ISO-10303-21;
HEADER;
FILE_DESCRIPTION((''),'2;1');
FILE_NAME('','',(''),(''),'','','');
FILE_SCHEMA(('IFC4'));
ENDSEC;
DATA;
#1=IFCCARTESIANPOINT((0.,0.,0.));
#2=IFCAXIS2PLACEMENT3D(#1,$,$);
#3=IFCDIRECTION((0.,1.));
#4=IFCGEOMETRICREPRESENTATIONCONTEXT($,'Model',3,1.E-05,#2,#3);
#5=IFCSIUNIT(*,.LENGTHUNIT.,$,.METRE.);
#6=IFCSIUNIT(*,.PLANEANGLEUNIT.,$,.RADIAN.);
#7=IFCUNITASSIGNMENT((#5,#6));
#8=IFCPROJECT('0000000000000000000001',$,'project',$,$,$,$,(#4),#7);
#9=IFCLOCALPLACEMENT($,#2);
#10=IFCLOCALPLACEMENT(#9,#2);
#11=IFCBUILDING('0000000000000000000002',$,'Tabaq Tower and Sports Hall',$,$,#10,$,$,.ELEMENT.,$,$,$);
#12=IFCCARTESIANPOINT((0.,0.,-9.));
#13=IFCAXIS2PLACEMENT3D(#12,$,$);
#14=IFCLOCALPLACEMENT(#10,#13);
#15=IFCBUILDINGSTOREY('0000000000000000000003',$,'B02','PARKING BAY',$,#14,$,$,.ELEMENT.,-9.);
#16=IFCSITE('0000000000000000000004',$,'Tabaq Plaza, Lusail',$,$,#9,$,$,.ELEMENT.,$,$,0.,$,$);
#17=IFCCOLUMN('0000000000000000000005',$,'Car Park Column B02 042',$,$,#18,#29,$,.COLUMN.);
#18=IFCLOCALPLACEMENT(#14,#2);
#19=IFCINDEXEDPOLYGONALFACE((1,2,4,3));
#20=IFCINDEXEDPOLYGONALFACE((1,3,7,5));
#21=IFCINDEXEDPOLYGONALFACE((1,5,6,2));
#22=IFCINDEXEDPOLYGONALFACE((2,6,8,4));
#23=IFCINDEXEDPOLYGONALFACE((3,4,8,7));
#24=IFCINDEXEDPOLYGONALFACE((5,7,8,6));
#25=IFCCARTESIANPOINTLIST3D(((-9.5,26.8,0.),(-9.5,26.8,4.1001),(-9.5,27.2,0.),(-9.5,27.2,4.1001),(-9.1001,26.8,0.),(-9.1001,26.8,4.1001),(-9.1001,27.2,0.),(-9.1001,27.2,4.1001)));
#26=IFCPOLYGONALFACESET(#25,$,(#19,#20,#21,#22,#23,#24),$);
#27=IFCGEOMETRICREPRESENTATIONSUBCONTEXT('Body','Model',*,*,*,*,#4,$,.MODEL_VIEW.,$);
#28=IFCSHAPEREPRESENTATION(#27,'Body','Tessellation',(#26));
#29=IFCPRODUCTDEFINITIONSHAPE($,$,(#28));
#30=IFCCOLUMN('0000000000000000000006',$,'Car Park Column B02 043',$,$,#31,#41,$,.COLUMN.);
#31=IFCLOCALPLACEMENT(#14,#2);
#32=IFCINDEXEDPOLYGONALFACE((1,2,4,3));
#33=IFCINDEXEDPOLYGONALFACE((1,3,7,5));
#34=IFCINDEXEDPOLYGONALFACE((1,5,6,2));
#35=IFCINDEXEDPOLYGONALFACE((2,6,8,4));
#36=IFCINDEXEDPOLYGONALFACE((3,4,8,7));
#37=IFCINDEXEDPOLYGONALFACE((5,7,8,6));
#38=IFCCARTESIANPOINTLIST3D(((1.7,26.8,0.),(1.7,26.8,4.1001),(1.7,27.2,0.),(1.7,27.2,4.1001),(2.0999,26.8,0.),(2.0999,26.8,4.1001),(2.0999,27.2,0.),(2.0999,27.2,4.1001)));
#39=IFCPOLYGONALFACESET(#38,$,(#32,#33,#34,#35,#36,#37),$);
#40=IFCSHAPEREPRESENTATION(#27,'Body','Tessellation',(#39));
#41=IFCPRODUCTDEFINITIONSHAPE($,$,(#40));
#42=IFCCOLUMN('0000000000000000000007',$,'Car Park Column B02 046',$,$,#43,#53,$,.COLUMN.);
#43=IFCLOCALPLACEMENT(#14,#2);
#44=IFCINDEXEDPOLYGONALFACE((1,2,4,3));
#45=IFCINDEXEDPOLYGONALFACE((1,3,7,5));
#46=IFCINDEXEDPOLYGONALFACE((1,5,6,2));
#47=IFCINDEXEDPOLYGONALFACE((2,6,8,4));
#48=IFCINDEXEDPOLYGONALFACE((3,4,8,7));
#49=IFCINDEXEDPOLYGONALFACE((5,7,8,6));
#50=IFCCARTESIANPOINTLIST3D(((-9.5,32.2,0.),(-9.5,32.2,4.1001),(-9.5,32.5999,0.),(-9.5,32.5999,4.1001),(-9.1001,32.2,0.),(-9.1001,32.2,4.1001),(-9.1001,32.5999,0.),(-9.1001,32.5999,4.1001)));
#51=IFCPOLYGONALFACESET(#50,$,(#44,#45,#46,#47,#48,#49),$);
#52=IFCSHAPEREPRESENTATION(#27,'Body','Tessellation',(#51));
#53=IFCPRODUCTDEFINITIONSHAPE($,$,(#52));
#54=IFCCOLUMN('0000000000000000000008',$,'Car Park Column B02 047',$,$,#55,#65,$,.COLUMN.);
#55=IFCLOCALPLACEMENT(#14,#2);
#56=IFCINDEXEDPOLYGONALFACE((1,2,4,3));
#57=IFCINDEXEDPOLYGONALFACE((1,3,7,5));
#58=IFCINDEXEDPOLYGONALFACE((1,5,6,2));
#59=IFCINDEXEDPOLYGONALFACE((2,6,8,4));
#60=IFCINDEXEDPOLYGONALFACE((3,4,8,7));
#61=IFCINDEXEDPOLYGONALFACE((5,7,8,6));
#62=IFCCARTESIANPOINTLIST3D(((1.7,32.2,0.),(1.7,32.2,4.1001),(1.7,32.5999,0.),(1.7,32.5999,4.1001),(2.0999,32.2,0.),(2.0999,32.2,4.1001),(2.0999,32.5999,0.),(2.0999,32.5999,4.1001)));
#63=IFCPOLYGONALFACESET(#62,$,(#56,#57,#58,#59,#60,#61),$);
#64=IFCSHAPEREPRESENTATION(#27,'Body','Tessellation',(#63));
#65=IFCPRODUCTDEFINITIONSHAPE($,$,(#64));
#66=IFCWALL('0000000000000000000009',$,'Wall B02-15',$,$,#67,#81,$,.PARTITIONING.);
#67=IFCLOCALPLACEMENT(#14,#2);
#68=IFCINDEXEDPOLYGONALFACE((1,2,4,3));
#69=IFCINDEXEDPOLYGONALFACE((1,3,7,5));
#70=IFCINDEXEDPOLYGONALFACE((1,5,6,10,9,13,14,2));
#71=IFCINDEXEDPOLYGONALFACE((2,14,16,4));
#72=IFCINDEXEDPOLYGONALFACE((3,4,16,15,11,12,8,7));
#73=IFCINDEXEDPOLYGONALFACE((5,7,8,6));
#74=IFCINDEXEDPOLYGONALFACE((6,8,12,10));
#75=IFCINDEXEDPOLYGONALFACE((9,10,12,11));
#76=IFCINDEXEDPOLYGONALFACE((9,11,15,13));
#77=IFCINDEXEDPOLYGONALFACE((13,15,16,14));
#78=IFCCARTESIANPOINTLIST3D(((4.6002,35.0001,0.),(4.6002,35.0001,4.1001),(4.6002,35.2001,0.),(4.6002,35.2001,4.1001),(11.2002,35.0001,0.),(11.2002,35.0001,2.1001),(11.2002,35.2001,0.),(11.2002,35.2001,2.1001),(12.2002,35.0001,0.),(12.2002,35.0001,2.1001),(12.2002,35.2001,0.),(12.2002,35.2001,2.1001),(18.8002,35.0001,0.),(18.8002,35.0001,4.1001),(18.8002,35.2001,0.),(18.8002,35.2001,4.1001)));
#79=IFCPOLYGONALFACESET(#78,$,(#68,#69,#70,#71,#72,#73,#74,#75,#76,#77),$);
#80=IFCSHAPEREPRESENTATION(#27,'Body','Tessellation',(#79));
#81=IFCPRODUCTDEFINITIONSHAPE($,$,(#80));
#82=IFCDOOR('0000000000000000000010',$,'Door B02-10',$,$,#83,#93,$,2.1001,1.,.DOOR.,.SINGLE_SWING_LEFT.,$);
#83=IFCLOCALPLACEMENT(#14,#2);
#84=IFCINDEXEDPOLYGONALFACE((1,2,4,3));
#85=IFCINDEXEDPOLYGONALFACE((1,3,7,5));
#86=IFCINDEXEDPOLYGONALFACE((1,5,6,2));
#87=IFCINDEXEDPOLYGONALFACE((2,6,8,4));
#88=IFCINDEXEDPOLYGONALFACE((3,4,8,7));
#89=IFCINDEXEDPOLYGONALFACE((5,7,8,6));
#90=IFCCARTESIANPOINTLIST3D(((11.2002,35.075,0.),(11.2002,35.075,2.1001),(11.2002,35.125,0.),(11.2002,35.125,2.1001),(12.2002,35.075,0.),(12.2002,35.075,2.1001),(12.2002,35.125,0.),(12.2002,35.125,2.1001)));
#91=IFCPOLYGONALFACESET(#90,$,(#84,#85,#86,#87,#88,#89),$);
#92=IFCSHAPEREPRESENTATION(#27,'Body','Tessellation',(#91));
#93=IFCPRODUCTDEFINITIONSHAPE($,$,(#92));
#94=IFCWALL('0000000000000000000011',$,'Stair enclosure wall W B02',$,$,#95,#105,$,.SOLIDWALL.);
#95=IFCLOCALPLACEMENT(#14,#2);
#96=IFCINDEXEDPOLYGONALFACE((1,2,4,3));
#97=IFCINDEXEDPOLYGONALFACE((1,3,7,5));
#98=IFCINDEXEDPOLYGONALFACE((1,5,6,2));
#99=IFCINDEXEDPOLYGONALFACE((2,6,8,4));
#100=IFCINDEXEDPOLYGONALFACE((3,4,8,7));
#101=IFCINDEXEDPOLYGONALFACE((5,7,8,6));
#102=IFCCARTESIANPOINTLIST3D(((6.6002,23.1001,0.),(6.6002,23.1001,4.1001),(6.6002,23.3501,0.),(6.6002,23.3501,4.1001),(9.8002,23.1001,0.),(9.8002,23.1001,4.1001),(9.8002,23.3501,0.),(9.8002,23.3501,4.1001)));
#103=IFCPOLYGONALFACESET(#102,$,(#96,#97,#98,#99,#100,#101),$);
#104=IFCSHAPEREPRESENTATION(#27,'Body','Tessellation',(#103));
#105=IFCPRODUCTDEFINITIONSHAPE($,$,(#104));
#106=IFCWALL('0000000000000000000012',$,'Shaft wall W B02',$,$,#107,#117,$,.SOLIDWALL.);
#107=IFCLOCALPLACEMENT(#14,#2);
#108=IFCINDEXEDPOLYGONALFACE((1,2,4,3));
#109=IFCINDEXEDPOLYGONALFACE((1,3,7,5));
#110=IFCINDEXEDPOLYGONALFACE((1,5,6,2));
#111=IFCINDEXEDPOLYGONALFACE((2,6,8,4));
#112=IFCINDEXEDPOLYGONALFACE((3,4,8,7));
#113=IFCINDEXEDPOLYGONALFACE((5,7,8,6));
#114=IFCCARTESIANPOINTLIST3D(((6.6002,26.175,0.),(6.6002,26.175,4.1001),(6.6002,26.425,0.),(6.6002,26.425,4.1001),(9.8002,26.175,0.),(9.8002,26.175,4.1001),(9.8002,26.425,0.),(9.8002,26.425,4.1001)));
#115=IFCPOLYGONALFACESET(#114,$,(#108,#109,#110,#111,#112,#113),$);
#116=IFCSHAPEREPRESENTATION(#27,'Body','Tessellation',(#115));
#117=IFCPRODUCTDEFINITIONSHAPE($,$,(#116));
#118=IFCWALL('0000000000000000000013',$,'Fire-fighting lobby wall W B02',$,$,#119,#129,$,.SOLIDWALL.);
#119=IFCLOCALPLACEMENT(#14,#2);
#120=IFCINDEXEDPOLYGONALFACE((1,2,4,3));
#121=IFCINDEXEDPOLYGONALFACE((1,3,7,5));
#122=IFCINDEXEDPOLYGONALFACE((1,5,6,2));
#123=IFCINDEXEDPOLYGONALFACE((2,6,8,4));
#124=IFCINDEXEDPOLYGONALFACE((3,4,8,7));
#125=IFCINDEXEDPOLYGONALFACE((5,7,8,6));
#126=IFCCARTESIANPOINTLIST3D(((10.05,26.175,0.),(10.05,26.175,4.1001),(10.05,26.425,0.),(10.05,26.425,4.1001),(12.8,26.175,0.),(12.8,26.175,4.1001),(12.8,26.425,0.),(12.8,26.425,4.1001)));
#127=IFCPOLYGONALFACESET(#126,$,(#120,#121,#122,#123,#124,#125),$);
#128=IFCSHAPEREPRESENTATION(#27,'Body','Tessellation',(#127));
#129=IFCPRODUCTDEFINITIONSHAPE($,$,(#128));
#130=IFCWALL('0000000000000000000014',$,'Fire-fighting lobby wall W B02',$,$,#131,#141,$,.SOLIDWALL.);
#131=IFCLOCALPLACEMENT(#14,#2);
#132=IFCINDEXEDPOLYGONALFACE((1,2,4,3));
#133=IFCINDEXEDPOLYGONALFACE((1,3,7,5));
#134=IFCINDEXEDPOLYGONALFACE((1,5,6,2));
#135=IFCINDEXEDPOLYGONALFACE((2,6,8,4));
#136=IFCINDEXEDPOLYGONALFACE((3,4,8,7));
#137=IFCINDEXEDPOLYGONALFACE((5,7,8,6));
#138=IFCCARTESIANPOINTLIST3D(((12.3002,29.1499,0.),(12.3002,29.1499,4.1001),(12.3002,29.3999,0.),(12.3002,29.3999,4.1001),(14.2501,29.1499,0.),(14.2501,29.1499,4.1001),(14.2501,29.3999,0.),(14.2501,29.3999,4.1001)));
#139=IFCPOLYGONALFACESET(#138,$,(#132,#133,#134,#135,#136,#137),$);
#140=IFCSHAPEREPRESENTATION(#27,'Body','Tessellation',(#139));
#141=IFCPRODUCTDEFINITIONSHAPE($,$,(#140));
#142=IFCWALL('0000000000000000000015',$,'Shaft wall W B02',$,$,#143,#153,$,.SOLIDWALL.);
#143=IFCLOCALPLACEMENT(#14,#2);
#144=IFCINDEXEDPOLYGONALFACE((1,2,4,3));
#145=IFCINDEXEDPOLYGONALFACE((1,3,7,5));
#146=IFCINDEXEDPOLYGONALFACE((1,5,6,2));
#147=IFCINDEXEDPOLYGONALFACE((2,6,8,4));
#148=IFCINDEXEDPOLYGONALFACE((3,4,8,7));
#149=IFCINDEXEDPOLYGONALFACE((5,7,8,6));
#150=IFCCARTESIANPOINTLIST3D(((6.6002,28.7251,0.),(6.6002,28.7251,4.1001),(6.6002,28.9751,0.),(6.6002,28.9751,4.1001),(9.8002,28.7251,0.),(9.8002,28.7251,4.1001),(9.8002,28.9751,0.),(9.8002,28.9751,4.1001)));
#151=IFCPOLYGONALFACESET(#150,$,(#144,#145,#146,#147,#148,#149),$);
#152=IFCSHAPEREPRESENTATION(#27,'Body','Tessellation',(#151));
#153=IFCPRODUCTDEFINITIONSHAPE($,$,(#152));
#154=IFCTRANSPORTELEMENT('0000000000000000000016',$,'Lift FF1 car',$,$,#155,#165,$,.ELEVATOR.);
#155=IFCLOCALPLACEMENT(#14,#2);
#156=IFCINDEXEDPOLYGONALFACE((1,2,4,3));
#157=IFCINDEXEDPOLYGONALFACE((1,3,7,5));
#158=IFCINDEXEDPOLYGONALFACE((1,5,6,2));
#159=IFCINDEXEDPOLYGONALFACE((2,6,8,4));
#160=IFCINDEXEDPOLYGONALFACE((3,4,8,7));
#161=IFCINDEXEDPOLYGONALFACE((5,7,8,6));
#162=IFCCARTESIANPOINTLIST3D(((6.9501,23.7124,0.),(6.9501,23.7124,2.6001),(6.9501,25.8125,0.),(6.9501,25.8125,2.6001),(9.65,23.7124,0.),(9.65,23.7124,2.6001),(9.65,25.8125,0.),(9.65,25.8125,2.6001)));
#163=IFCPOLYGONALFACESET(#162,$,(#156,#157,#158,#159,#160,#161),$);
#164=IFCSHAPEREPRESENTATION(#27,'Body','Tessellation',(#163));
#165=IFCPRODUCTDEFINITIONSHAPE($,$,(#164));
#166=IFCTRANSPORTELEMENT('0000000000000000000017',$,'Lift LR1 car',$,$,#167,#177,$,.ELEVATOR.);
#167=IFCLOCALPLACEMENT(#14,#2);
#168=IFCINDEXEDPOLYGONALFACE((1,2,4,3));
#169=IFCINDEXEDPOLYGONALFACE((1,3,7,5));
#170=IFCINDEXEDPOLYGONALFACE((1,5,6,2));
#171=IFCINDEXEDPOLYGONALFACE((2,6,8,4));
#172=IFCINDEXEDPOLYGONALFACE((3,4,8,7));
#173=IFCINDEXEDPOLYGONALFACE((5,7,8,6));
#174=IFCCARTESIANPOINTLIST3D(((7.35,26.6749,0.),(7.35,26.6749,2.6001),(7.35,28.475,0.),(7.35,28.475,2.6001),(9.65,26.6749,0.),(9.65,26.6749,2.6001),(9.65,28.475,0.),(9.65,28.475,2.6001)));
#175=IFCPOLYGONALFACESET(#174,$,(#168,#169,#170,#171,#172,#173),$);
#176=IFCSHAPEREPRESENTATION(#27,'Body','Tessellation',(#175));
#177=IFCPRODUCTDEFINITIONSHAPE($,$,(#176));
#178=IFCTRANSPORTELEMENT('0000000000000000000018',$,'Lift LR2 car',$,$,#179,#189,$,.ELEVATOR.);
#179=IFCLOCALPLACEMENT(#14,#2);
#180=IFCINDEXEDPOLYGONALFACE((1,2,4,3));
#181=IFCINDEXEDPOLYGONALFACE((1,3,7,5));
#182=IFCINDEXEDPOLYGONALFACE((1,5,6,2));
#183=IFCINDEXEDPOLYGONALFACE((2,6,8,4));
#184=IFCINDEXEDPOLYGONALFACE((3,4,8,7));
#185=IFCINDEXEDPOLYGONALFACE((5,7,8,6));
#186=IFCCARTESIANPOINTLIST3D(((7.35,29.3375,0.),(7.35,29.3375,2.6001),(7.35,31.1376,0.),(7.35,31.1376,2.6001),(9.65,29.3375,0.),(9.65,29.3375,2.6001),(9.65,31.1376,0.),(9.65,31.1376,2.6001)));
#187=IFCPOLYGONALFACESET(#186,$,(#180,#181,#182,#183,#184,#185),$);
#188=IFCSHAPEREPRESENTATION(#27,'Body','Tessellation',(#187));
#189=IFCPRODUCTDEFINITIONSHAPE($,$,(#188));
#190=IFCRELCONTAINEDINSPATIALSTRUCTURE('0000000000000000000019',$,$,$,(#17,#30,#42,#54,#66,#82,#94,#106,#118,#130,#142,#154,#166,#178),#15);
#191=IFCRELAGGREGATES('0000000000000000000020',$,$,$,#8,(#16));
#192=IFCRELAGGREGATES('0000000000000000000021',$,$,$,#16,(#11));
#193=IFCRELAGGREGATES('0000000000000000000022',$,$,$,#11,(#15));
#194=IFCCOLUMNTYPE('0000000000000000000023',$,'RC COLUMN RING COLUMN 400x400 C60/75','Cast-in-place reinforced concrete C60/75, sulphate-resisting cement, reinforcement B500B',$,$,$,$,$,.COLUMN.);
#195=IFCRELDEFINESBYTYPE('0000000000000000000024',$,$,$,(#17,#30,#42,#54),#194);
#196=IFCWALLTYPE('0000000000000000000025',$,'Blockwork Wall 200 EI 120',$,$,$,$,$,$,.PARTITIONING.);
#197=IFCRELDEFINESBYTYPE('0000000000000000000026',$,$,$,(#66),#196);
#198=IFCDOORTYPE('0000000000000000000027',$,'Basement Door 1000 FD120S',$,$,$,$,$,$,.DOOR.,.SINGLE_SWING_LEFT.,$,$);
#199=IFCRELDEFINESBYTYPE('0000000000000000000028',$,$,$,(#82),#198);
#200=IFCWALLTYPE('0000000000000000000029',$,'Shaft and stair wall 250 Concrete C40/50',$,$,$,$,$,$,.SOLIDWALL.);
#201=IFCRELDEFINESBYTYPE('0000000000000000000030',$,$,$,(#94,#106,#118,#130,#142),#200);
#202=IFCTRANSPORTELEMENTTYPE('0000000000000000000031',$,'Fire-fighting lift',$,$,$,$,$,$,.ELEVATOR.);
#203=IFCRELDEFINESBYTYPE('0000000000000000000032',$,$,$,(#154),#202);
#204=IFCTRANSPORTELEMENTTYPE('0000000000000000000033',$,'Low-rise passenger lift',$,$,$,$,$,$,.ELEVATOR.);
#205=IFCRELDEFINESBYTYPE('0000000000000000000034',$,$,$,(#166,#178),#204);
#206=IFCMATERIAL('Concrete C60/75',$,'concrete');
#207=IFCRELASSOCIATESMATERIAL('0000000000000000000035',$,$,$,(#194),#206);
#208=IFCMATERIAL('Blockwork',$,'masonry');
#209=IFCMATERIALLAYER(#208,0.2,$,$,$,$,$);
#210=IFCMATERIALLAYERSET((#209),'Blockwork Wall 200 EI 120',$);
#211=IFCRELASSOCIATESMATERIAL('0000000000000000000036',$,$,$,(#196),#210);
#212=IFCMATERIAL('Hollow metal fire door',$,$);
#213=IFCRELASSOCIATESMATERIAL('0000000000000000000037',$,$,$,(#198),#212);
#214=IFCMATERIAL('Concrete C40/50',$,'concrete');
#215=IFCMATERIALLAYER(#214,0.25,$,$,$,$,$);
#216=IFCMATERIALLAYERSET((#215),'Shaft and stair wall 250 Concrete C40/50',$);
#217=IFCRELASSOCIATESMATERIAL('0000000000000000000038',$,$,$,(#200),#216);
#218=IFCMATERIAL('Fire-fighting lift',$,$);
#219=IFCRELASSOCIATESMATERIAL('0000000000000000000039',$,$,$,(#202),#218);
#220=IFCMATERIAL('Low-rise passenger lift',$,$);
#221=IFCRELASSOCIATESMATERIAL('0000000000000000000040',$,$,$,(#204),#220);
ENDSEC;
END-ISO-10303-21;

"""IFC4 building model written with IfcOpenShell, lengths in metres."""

from ifc_helpers import new_model, si_unit, direction, frame, frame_2d, origin, origin_2d, place, context, subcontext, project, spatial, rectangle, extrude, material, layer, layer_set, material_profile, profile_set, type_object, element, fill, save


model = new_model("IFC4")

# Units and contexts
model_context = context("Model", 3, precision=1e-05, world=origin(), true_north=direction((0.0, 1.0)))
body_context = subcontext(model_context, "Body", "Model", "MODEL_VIEW")
ifc_project = project(units=[si_unit("LENGTHUNIT", "METRE"), si_unit("PLANEANGLEUNIT", "RADIAN")], contexts=[model_context])

# Site, building, storey
site_placement = place(None, origin())
site = spatial("IfcSite", under=ifc_project, at=site_placement, Name="Tabaq Plaza, Lusail", CompositionType="ELEMENT", RefElevation=0.0)
building_placement = place(site_placement, origin())
building = spatial("IfcBuilding", under=site, at=building_placement, Name="Tabaq Tower and Sports Hall", CompositionType="ELEMENT")
storey_placement = place(building_placement, frame((0.0, 0.0, -9.0)))
storey = spatial("IfcBuildingStorey", under=building, at=storey_placement, Name="B02", Description="PARKING BAY", CompositionType="ELEMENT", Elevation=-9.0)

# Columns
ifc_material_1 = material(Name="Concrete C60/75", Category="concrete")
ifc_material_profile_1 = material_profile(ifc_material_1, rectangle(XDim=0.3999, YDim=0.3999, at=origin_2d()), Name="RING COLUMN 400x400")
ifc_profile_set_1 = profile_set([ifc_material_profile_1], Name="Concrete C60/75")
column_type = type_object("IfcColumnType", Name="RC COLUMN RING COLUMN 400x400 C60/75", Description="Cast-in-place reinforced concrete C60/75, sulphate-resisting cement, reinforcement B500B", PredefinedType="COLUMN", material=ifc_profile_set_1)
for number, where, z_axis, x_axis, name in (
    (1, (-9.3, 27.0, 0.0), (0.0, 0.0, 1.0), (1.0, 0.0, 0.0), "Car Park Column B02 042"),
    (2, (1.8999, 27.0, 0.0), (0.0, 0.0, 1.0), (1.0, 0.0, 0.0), "Car Park Column B02 043"),
    (3, (-9.3, 32.3999, 0.0), (0.0, 0.0, 1.0), (1.0, 0.0, 0.0), "Car Park Column B02 046"),
    (4, (1.8999, 32.3999, 0.0), (0.0, 0.0, 1.0), (1.0, 0.0, 0.0), "Car Park Column B02 047"),
):
    element("IfcColumn", number, at=place(storey_placement, frame(where, z_axis=z_axis, x_axis=x_axis)), inside=storey, type_object=column_type, Name=name, PredefinedType="COLUMN", context=body_context, shape_type="SweptSolid", body=[
        extrude(rectangle(XDim=0.3999, YDim=0.3999, at=origin_2d()), origin(), (0.0, 0.0, 1.0), 4.1001),
    ])

# Wall, opening, door
ifc_material_2 = material(Name="Blockwork", Category="masonry")
ifc_layer_1 = layer(ifc_material_2, 0.2)
ifc_layer_set_1 = layer_set([ifc_layer_1], Name="Blockwork Wall 200 EI 120")
wall_type_1 = type_object("IfcWallType", Name="Blockwork Wall 200 EI 120", PredefinedType="PARTITIONING", material=ifc_layer_set_1)
wall_1_placement = place(storey_placement, frame((4.6001, 35.1001, 0.0), z_axis=(0.0, 0.0, 1.0), x_axis=(1.0, 0.0, 0.0)))
wall_1 = element("IfcWall", 5, at=wall_1_placement, inside=storey, type_object=wall_type_1, Name="Wall B02-15", PredefinedType="PARTITIONING", context=body_context, shape_type="SweptSolid", body=[
    extrude(rectangle(XDim=14.2, YDim=0.2, at=frame_2d((7.1001, 0.0))), origin(), (0.0, 0.0, 1.0), 4.1001),
])
opening_1_placement = place(wall_1_placement, frame((6.6001, 0.0, 0.0)))
opening_1 = element("IfcOpeningElement", 6, at=opening_1_placement, cuts=wall_1, PredefinedType="OPENING", context=body_context, shape_type="SweptSolid", body=[
    extrude(rectangle(XDim=1.0, YDim=2.1001, at=frame_2d((0.5, 1.05))), frame((0.0, 0.1099, 0.0), z_axis=(0.0, -1.0, 0.0), x_axis=(1.0, 0.0, 0.0)), (0.0, 0.0, 1.0), 0.22),
])
ifc_material_3 = material(Name="Hollow metal fire door")
door_type_1 = type_object("IfcDoorType", Name="Basement Door 1000 FD120S", OperationType="SINGLE_SWING_LEFT", PredefinedType="DOOR", material=ifc_material_3)
door_1_placement = place(opening_1_placement, origin())
door_1 = element("IfcDoor", 7, at=door_1_placement, inside=storey, type_object=door_type_1, Name="Door B02-10", OperationType="SINGLE_SWING_LEFT", OverallHeight=2.1001, OverallWidth=1.0, PredefinedType="DOOR", context=body_context, shape_type="SweptSolid", body=[
    extrude(rectangle(XDim=1.0, YDim=2.1001, at=frame_2d((0.5, 1.05))), frame((0.0, 0.0249, 0.0), z_axis=(0.0, -1.0, 0.0), x_axis=(1.0, 0.0, 0.0)), (0.0, 0.0, 1.0), 0.05),
])
fill(opening_1, door_1)

# Walls
ifc_material_4 = material(Name="Concrete C40/50", Category="concrete")
ifc_layer_2 = layer(ifc_material_4, 0.25)
ifc_layer_set_2 = layer_set([ifc_layer_2], Name="Shaft and stair wall 250 Concrete C40/50")
wall_type_2 = type_object("IfcWallType", Name="Shaft and stair wall 250 Concrete C40/50", PredefinedType="SOLIDWALL", material=ifc_layer_set_2)
for number, where, z_axis, x_axis, name in (
    (8, (6.6001, 23.2251, 0.0), (0.0, 0.0, 1.0), (1.0, 0.0, 0.0), "Stair enclosure wall W B02"),
    (9, (6.6001, 26.3, 0.0), (0.0, 0.0, 1.0), (1.0, 0.0, 0.0), "Shaft wall W B02"),
):
    element("IfcWall", number, at=place(storey_placement, frame(where, z_axis=z_axis, x_axis=x_axis)), inside=storey, type_object=wall_type_2, Name=name, PredefinedType="SOLIDWALL", context=body_context, shape_type="SweptSolid", body=[
        extrude(rectangle(XDim=3.2, YDim=0.25, at=frame_2d((1.6001, 0.0))), origin(), (0.0, 0.0, 1.0), 4.1001),
    ])
wall_2_placement = place(storey_placement, frame((10.05, 26.3, 0.0), z_axis=(0.0, 0.0, 1.0), x_axis=(1.0, 0.0, 0.0)))
element("IfcWall", 10, at=wall_2_placement, inside=storey, type_object=wall_type_2, Name="Fire-fighting lobby wall W B02", PredefinedType="SOLIDWALL", context=body_context, shape_type="SweptSolid", body=[
    extrude(rectangle(XDim=2.75, YDim=0.25, at=frame_2d((1.375, 0.0))), origin(), (0.0, 0.0, 1.0), 4.1001),
])
wall_3_placement = place(storey_placement, frame((12.3, 29.2749, 0.0), z_axis=(0.0, 0.0, 1.0), x_axis=(1.0, 0.0, 0.0)))
element("IfcWall", 11, at=wall_3_placement, inside=storey, type_object=wall_type_2, Name="Fire-fighting lobby wall W B02", PredefinedType="SOLIDWALL", context=body_context, shape_type="SweptSolid", body=[
    extrude(rectangle(XDim=1.95, YDim=0.25, at=frame_2d((0.9751, 0.0))), origin(), (0.0, 0.0, 1.0), 4.1001),
])
wall_4_placement = place(storey_placement, frame((6.6001, 28.8501, 0.0), z_axis=(0.0, 0.0, 1.0), x_axis=(1.0, 0.0, 0.0)))
element("IfcWall", 12, at=wall_4_placement, inside=storey, type_object=wall_type_2, Name="Shaft wall W B02", PredefinedType="SOLIDWALL", context=body_context, shape_type="SweptSolid", body=[
    extrude(rectangle(XDim=3.2, YDim=0.25, at=frame_2d((1.6001, 0.0))), origin(), (0.0, 0.0, 1.0), 4.1001),
])

# Transport elements
ifc_material_5 = material(Name="Fire-fighting lift")
transport_element_type_1 = type_object("IfcTransportElementType", Name="Fire-fighting lift", PredefinedType="ELEVATOR", material=ifc_material_5)
transport_element_placement = place(storey_placement, frame((8.3, 24.7625, 0.0), z_axis=(0.0, 0.0, 1.0), x_axis=(1.0, 0.0, 0.0)))
element("IfcTransportElement", 13, at=transport_element_placement, inside=storey, type_object=transport_element_type_1, Name="Lift FF1 car", PredefinedType="ELEVATOR", context=body_context, shape_type="SweptSolid", body=[
    extrude(rectangle(XDim=2.7, YDim=2.1001, at=origin_2d()), origin(), (0.0, 0.0, 1.0), 2.6001),
])
ifc_material_6 = material(Name="Low-rise passenger lift")
transport_element_type_2 = type_object("IfcTransportElementType", Name="Low-rise passenger lift", PredefinedType="ELEVATOR", material=ifc_material_6)
for number, where, z_axis, x_axis, name in (
    (14, (8.5, 27.575, 0.0), (0.0, 0.0, 1.0), (1.0, 0.0, 0.0), "Lift LR1 car"),
    (15, (8.5, 30.2375, 0.0), (0.0, 0.0, 1.0), (1.0, 0.0, 0.0), "Lift LR2 car"),
):
    element("IfcTransportElement", number, at=place(storey_placement, frame(where, z_axis=z_axis, x_axis=x_axis)), inside=storey, type_object=transport_element_type_2, Name=name, PredefinedType="ELEVATOR", context=body_context, shape_type="SweptSolid", body=[
        extrude(rectangle(XDim=2.3, YDim=1.8, at=origin_2d()), origin(), (0.0, 0.0, 1.0), 2.6001),
    ])

save(model, "model.ifc")
